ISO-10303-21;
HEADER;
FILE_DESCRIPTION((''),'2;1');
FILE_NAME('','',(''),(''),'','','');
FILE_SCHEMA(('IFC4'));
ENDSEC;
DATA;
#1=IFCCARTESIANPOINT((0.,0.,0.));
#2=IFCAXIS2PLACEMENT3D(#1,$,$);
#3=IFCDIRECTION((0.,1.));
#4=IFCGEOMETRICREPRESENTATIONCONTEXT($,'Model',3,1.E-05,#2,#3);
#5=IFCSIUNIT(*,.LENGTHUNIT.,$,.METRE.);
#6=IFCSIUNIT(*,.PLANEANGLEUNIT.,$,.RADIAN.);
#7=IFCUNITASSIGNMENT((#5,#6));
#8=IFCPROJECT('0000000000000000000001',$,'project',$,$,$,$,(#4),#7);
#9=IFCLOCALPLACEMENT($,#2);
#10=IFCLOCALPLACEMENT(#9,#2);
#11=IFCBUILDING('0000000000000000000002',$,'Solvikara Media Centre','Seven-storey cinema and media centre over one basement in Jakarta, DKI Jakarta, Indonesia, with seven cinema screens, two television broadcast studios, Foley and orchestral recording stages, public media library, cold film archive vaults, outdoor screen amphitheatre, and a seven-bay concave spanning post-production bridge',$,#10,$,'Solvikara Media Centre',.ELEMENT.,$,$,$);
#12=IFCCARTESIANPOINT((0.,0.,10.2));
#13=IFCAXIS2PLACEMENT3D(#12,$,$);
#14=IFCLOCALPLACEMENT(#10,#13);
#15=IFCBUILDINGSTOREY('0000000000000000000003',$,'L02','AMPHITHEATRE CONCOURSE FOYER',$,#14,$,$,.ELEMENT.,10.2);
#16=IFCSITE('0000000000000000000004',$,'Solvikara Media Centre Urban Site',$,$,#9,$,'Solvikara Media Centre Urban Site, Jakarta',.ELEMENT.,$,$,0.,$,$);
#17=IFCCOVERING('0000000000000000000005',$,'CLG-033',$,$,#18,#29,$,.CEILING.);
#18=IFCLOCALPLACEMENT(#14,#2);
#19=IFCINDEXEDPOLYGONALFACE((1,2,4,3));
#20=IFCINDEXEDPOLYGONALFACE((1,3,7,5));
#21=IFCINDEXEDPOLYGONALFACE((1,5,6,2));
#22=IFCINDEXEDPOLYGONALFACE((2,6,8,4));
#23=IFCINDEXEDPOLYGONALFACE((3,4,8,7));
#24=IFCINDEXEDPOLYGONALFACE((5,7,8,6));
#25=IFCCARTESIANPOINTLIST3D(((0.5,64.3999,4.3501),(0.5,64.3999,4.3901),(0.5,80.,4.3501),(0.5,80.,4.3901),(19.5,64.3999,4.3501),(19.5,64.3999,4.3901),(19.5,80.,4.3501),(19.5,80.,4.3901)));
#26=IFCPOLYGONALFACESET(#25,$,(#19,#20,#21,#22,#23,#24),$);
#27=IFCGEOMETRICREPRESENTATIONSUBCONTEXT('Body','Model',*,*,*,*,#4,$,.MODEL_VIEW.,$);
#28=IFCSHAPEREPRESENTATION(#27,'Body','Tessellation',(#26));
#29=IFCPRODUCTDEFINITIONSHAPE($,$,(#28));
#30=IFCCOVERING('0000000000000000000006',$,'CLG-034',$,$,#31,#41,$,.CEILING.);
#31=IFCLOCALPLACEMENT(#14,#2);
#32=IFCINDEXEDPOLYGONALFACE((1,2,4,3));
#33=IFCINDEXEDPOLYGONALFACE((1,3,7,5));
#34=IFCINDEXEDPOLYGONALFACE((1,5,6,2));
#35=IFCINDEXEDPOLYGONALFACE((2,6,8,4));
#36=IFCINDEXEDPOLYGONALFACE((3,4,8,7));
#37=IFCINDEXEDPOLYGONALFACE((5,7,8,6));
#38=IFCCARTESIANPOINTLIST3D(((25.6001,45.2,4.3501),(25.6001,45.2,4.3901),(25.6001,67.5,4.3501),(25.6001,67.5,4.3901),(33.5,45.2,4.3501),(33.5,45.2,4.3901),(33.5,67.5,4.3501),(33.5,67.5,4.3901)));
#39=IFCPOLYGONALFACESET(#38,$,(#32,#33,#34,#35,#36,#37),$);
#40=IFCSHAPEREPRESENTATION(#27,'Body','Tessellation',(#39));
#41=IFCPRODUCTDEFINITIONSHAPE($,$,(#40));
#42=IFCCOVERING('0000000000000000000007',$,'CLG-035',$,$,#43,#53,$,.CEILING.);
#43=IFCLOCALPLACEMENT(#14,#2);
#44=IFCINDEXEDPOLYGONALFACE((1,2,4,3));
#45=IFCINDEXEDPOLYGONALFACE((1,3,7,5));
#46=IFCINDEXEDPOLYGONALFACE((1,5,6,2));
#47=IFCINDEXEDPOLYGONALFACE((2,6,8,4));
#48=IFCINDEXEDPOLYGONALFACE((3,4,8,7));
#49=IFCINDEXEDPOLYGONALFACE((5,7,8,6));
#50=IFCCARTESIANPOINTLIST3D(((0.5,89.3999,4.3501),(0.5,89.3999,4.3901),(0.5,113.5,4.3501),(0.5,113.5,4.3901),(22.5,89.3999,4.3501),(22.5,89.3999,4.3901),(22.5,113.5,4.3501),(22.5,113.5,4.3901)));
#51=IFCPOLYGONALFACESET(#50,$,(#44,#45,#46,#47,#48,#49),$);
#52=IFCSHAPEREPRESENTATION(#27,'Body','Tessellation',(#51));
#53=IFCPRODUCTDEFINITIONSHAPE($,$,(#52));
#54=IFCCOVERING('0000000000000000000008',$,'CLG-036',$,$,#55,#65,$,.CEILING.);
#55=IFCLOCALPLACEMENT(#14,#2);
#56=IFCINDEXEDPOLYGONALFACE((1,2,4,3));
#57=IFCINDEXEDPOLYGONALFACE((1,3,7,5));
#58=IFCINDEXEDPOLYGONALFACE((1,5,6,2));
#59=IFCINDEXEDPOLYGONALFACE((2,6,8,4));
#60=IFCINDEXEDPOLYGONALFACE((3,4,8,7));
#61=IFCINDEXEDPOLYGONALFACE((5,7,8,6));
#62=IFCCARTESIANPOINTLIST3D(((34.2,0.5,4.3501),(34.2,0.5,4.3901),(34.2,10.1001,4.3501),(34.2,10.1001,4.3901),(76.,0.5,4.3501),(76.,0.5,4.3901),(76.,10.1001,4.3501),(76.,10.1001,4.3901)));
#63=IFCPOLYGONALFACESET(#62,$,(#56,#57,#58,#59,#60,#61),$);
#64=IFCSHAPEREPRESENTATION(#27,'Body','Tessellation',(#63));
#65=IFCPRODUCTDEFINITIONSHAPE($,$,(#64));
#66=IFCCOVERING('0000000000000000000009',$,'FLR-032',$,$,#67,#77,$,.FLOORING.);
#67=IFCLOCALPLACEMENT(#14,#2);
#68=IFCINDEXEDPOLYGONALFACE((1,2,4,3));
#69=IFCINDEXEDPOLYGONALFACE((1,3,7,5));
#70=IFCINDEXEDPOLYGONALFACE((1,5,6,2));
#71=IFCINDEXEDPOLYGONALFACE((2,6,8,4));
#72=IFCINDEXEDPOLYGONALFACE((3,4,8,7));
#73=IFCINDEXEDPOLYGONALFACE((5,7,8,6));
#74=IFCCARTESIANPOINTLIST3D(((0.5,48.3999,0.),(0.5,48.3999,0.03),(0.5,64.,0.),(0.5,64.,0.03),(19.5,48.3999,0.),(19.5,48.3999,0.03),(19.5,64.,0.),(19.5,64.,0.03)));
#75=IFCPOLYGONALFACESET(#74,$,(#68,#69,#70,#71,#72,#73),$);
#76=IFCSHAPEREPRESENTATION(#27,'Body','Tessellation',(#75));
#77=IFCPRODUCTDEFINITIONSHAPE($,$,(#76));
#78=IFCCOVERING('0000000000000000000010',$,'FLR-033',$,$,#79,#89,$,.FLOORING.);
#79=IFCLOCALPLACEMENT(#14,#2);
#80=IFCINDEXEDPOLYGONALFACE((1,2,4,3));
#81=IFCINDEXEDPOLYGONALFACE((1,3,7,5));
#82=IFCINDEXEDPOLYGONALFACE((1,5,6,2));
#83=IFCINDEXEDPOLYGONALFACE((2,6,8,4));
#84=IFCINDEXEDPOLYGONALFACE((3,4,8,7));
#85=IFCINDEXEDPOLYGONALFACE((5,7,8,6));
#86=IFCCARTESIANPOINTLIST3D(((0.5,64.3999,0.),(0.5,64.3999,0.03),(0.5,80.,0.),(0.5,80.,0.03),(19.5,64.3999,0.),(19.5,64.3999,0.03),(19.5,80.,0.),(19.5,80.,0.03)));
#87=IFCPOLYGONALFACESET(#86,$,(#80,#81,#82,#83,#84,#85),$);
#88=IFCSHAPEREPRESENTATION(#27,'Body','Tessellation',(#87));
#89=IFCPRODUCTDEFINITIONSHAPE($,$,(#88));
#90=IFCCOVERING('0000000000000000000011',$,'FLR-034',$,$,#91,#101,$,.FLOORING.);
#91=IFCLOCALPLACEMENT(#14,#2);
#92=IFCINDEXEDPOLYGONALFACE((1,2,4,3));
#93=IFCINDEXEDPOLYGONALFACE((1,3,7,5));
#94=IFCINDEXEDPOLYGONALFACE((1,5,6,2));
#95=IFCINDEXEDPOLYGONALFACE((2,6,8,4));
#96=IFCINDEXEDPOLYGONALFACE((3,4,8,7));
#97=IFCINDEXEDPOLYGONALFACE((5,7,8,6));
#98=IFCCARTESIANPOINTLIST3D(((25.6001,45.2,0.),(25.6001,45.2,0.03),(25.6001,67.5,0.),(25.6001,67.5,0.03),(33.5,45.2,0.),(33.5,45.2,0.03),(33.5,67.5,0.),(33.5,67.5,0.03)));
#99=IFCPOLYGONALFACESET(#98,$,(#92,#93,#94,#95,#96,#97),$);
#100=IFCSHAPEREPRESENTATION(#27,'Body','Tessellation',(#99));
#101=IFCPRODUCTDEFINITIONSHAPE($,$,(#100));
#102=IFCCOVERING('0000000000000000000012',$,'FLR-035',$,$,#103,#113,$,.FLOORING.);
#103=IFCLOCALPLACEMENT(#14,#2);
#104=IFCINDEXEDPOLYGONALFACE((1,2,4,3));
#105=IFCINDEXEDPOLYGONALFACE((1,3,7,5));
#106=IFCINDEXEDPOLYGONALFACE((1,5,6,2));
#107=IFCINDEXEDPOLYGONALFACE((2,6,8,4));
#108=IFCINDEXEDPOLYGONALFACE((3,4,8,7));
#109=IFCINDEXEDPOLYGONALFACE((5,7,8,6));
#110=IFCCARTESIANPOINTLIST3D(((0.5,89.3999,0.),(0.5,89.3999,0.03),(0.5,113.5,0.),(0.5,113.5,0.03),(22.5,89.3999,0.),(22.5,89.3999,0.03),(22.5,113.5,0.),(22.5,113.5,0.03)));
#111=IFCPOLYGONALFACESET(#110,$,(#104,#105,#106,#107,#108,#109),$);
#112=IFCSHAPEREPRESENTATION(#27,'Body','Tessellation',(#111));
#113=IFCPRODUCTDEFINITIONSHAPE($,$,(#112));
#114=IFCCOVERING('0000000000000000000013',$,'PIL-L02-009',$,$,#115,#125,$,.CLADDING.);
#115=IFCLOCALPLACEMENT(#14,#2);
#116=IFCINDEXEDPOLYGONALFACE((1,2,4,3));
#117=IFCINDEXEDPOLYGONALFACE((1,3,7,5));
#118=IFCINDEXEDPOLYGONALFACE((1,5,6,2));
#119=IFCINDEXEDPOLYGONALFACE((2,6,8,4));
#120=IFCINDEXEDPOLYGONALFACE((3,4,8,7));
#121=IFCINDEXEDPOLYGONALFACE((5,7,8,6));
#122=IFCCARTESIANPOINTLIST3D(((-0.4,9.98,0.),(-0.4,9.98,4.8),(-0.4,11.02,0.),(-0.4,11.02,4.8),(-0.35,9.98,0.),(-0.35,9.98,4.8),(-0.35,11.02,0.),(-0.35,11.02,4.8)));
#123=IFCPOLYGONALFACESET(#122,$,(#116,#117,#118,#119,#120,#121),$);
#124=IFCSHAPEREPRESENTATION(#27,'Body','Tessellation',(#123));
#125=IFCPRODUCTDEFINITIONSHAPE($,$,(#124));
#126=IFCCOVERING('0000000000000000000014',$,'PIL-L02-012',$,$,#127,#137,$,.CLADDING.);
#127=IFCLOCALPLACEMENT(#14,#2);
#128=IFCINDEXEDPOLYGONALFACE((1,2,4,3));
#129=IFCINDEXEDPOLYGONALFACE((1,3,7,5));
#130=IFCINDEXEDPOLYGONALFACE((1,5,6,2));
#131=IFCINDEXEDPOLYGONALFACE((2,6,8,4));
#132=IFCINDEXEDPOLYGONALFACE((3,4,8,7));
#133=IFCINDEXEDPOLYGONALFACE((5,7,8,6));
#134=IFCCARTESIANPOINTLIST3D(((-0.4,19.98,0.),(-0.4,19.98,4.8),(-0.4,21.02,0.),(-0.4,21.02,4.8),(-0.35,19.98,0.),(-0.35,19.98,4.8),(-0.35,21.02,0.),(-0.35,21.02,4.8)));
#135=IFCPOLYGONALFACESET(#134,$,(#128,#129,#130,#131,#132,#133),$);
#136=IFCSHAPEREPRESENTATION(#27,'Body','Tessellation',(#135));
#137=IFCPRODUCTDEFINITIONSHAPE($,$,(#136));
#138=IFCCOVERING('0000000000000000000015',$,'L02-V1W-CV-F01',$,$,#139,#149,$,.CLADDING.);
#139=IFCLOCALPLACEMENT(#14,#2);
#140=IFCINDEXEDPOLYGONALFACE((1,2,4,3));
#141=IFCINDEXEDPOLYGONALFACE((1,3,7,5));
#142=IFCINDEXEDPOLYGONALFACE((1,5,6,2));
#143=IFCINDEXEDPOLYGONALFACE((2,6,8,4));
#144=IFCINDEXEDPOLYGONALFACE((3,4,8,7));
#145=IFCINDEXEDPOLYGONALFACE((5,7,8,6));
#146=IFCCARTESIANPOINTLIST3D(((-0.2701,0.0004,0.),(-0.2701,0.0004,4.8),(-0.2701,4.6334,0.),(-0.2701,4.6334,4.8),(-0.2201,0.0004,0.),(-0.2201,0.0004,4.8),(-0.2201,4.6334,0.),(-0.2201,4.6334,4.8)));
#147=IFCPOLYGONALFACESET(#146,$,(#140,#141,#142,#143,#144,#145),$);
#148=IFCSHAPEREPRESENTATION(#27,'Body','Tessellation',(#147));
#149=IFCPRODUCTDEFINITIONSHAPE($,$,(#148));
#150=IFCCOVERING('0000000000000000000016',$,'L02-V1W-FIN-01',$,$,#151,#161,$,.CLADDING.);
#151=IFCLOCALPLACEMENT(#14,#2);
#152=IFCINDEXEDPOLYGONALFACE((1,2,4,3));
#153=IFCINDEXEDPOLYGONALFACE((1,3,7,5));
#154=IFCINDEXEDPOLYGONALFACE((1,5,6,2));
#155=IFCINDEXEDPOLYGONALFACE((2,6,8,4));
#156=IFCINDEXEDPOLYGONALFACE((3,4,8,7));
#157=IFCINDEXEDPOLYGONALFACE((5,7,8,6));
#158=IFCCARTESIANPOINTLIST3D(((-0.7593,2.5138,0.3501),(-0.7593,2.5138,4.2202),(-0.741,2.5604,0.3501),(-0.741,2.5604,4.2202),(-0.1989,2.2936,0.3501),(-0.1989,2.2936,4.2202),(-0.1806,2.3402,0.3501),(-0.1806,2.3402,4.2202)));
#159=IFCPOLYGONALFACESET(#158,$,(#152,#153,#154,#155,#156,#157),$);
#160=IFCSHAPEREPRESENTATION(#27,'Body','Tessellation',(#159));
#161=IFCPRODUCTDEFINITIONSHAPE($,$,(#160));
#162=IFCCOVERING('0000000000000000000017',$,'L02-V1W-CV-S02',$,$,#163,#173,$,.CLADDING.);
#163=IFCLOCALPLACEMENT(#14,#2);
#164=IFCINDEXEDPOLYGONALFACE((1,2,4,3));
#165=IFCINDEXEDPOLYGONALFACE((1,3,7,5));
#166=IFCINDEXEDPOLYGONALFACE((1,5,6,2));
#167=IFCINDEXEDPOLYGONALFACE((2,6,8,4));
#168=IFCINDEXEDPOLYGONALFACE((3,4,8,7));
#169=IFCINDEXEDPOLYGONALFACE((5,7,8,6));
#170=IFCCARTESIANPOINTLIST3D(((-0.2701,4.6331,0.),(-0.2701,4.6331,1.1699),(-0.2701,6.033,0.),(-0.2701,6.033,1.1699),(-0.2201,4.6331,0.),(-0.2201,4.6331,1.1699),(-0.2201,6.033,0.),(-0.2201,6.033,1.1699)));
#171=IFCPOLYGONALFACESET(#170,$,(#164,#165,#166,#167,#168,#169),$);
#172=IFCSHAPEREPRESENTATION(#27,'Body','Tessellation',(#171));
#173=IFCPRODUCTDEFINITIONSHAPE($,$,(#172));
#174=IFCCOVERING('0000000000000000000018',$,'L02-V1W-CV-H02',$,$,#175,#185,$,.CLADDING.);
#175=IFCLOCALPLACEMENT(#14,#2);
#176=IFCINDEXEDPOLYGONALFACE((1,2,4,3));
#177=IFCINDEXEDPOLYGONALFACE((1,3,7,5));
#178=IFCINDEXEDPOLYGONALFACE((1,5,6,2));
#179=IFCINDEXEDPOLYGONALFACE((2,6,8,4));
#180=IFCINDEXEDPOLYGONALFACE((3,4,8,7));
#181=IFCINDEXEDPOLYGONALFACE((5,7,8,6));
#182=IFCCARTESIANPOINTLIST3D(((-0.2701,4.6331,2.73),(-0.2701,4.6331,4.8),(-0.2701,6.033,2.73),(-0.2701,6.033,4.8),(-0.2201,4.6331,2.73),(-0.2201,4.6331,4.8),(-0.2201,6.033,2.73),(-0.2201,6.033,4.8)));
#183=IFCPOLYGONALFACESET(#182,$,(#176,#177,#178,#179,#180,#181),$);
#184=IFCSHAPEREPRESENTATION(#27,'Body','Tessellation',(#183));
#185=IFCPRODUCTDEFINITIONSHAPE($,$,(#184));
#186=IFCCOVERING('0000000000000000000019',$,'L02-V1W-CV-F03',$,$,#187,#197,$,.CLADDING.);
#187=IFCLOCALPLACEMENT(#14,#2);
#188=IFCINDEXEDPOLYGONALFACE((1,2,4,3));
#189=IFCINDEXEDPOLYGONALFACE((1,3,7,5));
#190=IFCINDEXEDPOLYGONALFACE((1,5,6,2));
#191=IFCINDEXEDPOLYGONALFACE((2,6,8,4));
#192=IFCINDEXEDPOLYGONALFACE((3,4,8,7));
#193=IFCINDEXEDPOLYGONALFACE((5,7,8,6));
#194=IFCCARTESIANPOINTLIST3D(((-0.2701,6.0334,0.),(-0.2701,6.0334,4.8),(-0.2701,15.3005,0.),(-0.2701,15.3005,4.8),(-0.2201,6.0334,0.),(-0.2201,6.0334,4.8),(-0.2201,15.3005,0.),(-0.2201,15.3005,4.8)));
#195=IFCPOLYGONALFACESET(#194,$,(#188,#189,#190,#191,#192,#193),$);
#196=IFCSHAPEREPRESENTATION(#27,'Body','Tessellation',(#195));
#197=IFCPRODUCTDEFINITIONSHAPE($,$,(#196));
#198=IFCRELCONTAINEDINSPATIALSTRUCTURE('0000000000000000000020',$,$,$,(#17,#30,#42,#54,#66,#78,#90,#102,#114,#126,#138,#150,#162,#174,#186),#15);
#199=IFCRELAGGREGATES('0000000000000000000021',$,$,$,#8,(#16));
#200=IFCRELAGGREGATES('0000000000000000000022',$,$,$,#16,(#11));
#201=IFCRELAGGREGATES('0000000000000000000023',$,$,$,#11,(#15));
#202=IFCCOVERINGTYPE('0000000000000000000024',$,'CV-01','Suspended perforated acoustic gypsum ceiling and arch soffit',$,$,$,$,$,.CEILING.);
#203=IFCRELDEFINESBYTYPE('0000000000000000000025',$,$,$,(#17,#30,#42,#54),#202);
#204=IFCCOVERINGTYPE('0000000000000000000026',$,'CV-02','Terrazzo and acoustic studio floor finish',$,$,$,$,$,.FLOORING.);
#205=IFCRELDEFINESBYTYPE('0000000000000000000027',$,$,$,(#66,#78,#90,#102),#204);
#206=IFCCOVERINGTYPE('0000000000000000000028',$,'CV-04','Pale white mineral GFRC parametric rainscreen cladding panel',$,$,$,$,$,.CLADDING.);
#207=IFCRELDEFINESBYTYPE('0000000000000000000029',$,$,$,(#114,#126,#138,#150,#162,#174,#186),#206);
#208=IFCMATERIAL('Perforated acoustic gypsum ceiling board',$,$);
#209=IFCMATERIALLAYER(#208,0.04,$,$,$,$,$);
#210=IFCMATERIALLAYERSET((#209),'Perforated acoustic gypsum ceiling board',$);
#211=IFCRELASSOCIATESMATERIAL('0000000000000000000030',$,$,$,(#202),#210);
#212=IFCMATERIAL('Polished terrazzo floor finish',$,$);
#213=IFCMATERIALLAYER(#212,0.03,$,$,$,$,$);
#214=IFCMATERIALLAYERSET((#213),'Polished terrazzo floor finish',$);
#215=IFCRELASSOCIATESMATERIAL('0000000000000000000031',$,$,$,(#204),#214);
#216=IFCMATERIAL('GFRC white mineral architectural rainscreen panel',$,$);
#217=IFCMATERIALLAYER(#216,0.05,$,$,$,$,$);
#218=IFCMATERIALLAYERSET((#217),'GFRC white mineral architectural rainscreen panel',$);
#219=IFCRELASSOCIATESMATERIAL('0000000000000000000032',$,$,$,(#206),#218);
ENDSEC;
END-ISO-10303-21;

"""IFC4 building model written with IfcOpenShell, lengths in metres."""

from ifc_helpers import new_model, si_unit, direction, frame, origin, origin_2d, place, context, subcontext, project, spatial, polyline, rectangle, outline, extrude, material, layer, layer_set, type_object, element, save


model = new_model("IFC4")

# Units and contexts
model_context = context("Model", 3, precision=1e-05, world=origin(), true_north=direction((0.0, 1.0)))
body_context = subcontext(model_context, "Body", "Model", "MODEL_VIEW")
ifc_project = project(units=[si_unit("LENGTHUNIT", "METRE"), si_unit("PLANEANGLEUNIT", "RADIAN")], contexts=[model_context])

# Site, building, storey
site_placement = place(None, origin())
site = spatial("IfcSite", under=ifc_project, at=site_placement, Name="Solvikara Media Centre Urban Site", LongName="Solvikara Media Centre Urban Site, Jakarta", CompositionType="ELEMENT", RefElevation=0.0)
building_placement = place(site_placement, origin())
building = spatial("IfcBuilding", under=site, at=building_placement, Name="Solvikara Media Centre", Description="Seven-storey cinema and media centre over one basement in Jakarta, DKI Jakarta, Indonesia, with seven cinema screens, two television broadcast studios, Foley and orchestral recording stages, public media library, cold film archive vaults, outdoor screen amphitheatre, and a seven-bay concave spanning post-production bridge", LongName="Solvikara Media Centre", CompositionType="ELEMENT")
storey_placement = place(building_placement, frame((0.0, 0.0, 10.2)))
storey = spatial("IfcBuildingStorey", under=building, at=storey_placement, Name="L02", Description="AMPHITHEATRE CONCOURSE FOYER", CompositionType="ELEMENT", Elevation=10.2)

# Coverings
ifc_material_1 = material(Name="Perforated acoustic gypsum ceiling board")
ifc_layer_1 = layer(ifc_material_1, 0.04)
ifc_layer_set_1 = layer_set([ifc_layer_1], Name="Perforated acoustic gypsum ceiling board")
covering_type_1 = type_object("IfcCoveringType", Name="CV-01", Description="Suspended perforated acoustic gypsum ceiling and arch soffit", PredefinedType="CEILING", material=ifc_layer_set_1)
covering_1_placement = place(storey_placement, frame((0.0, 0.0, 4.3501)))
element("IfcCovering", 1, at=covering_1_placement, inside=storey, type_object=covering_type_1, Name="CLG-033", PredefinedType="CEILING", context=body_context, shape_type="SweptSolid", body=[
    extrude(outline(polyline([(0.5, 64.3999), (19.5, 64.3999), (19.5, 80.0), (0.5, 80.0), (0.5, 64.3999)])), origin(), (0.0, 0.0, 1.0), 0.04),
])
covering_2_placement = place(storey_placement, frame((0.0, 0.0, 4.3501)))
element("IfcCovering", 2, at=covering_2_placement, inside=storey, type_object=covering_type_1, Name="CLG-034", PredefinedType="CEILING", context=body_context, shape_type="SweptSolid", body=[
    extrude(outline(polyline([(25.6001, 45.2), (33.5, 45.2), (33.5, 67.5), (25.6001, 67.5), (25.6001, 45.2)])), origin(), (0.0, 0.0, 1.0), 0.04),
])
covering_3_placement = place(storey_placement, frame((0.0, 0.0, 4.3501)))
element("IfcCovering", 3, at=covering_3_placement, inside=storey, type_object=covering_type_1, Name="CLG-035", PredefinedType="CEILING", context=body_context, shape_type="SweptSolid", body=[
    extrude(outline(polyline([(0.5, 89.3999), (22.5, 89.3999), (22.5, 113.5), (0.5, 113.5), (0.5, 89.3999)])), origin(), (0.0, 0.0, 1.0), 0.04),
])
covering_4_placement = place(storey_placement, frame((0.0, 0.0, 4.3501)))
element("IfcCovering", 4, at=covering_4_placement, inside=storey, type_object=covering_type_1, Name="CLG-036", PredefinedType="CEILING", context=body_context, shape_type="SweptSolid", body=[
    extrude(outline(polyline([(34.2, 0.5), (76.0, 0.5), (76.0, 10.1001), (34.2, 10.1001), (34.2, 0.5)])), origin(), (0.0, 0.0, 1.0), 0.04),
])
ifc_material_2 = material(Name="Polished terrazzo floor finish")
ifc_layer_2 = layer(ifc_material_2, 0.03)
ifc_layer_set_2 = layer_set([ifc_layer_2], Name="Polished terrazzo floor finish")
covering_type_2 = type_object("IfcCoveringType", Name="CV-02", Description="Terrazzo and acoustic studio floor finish", PredefinedType="FLOORING", material=ifc_layer_set_2)
covering_5_placement = place(storey_placement, origin())
element("IfcCovering", 5, at=covering_5_placement, inside=storey, type_object=covering_type_2, Name="FLR-032", PredefinedType="FLOORING", context=body_context, shape_type="SweptSolid", body=[
    extrude(outline(polyline([(0.5, 48.3999), (19.5, 48.3999), (19.5, 64.0), (0.5, 64.0), (0.5, 48.3999)])), origin(), (0.0, 0.0, 1.0), 0.03),
])
covering_6_placement = place(storey_placement, origin())
element("IfcCovering", 6, at=covering_6_placement, inside=storey, type_object=covering_type_2, Name="FLR-033", PredefinedType="FLOORING", context=body_context, shape_type="SweptSolid", body=[
    extrude(outline(polyline([(0.5, 64.3999), (19.5, 64.3999), (19.5, 80.0), (0.5, 80.0), (0.5, 64.3999)])), origin(), (0.0, 0.0, 1.0), 0.03),
])
covering_7_placement = place(storey_placement, origin())
element("IfcCovering", 7, at=covering_7_placement, inside=storey, type_object=covering_type_2, Name="FLR-034", PredefinedType="FLOORING", context=body_context, shape_type="SweptSolid", body=[
    extrude(outline(polyline([(25.6001, 45.2), (33.5, 45.2), (33.5, 67.5), (25.6001, 67.5), (25.6001, 45.2)])), origin(), (0.0, 0.0, 1.0), 0.03),
])
covering_8_placement = place(storey_placement, origin())
element("IfcCovering", 8, at=covering_8_placement, inside=storey, type_object=covering_type_2, Name="FLR-035", PredefinedType="FLOORING", context=body_context, shape_type="SweptSolid", body=[
    extrude(outline(polyline([(0.5, 89.3999), (22.5, 89.3999), (22.5, 113.5), (0.5, 113.5), (0.5, 89.3999)])), origin(), (0.0, 0.0, 1.0), 0.03),
])
ifc_material_3 = material(Name="GFRC white mineral architectural rainscreen panel")
ifc_layer_3 = layer(ifc_material_3, 0.05)
ifc_layer_set_3 = layer_set([ifc_layer_3], Name="GFRC white mineral architectural rainscreen panel")
covering_type_3 = type_object("IfcCoveringType", Name="CV-04", Description="Pale white mineral GFRC parametric rainscreen cladding panel", PredefinedType="CLADDING", material=ifc_layer_set_3)
for number, where, z_axis, x_axis, name in (
    (9, (-0.375, 10.5, 0.0), (0.0, 0.0, 1.0), (0.0, -1.0, 0.0), "PIL-L02-009"),
    (10, (-0.375, 20.5, 0.0), (0.0, 0.0, 1.0), (0.0, -1.0, 0.0), "PIL-L02-012"),
):
    element("IfcCovering", number, at=place(storey_placement, frame(where, z_axis=z_axis, x_axis=x_axis)), inside=storey, type_object=covering_type_3, Name=name, PredefinedType="CLADDING", context=body_context, shape_type="SweptSolid", body=[
        extrude(rectangle(XDim=1.04, YDim=0.05, at=origin_2d()), origin(), (0.0, 0.0, 1.0), 4.8),
    ])
covering_9_placement = place(storey_placement, frame((-0.2451, 2.3169, 0.0), z_axis=(0.0, 0.0, 1.0), x_axis=(0.0, 1.0, 0.0)))
element("IfcCovering", 11, at=covering_9_placement, inside=storey, type_object=covering_type_3, Name="L02-V1W-CV-F01", PredefinedType="CLADDING", context=body_context, shape_type="SweptSolid", body=[
    extrude(rectangle(XDim=4.6331, YDim=0.05, at=origin_2d()), origin(), (0.0, 0.0, 1.0), 4.8),
])
covering_10_placement = place(storey_placement, frame((-0.47, 2.427, 0.3501), z_axis=(0.0, 0.0, 1.0), x_axis=(-0.93075, 0.365657, 0.0)))
element("IfcCovering", 12, at=covering_10_placement, inside=storey, type_object=covering_type_3, Name="L02-V1W-FIN-01", PredefinedType="CLADDING", context=body_context, shape_type="SweptSolid", body=[
    extrude(rectangle(XDim=0.6021, YDim=0.05, at=origin_2d()), origin(), (0.0, 0.0, 1.0), 3.8701),
])
covering_11_placement = place(storey_placement, frame((-0.2451, 5.333, 0.0), z_axis=(0.0, 0.0, 1.0), x_axis=(0.0, 1.0, 0.0)))
element("IfcCovering", 13, at=covering_11_placement, inside=storey, type_object=covering_type_3, Name="L02-V1W-CV-S02", PredefinedType="CLADDING", context=body_context, shape_type="SweptSolid", body=[
    extrude(rectangle(XDim=1.3999, YDim=0.05, at=origin_2d()), origin(), (0.0, 0.0, 1.0), 1.1699),
])
covering_12_placement = place(storey_placement, frame((-0.2451, 5.333, 2.73), z_axis=(0.0, 0.0, 1.0), x_axis=(0.0, 1.0, 0.0)))
element("IfcCovering", 14, at=covering_12_placement, inside=storey, type_object=covering_type_3, Name="L02-V1W-CV-H02", PredefinedType="CLADDING", context=body_context, shape_type="SweptSolid", body=[
    extrude(rectangle(XDim=1.3999, YDim=0.05, at=origin_2d()), origin(), (0.0, 0.0, 1.0), 2.0701),
])
covering_13_placement = place(storey_placement, frame((-0.2451, 10.667, 0.0), z_axis=(0.0, 0.0, 1.0), x_axis=(0.0, 1.0, 0.0)))
element("IfcCovering", 15, at=covering_13_placement, inside=storey, type_object=covering_type_3, Name="L02-V1W-CV-F03", PredefinedType="CLADDING", context=body_context, shape_type="SweptSolid", body=[
    extrude(rectangle(XDim=9.2671, YDim=0.05, at=origin_2d()), origin(), (0.0, 0.0, 1.0), 4.8),
])

save(model, "model.ifc")
